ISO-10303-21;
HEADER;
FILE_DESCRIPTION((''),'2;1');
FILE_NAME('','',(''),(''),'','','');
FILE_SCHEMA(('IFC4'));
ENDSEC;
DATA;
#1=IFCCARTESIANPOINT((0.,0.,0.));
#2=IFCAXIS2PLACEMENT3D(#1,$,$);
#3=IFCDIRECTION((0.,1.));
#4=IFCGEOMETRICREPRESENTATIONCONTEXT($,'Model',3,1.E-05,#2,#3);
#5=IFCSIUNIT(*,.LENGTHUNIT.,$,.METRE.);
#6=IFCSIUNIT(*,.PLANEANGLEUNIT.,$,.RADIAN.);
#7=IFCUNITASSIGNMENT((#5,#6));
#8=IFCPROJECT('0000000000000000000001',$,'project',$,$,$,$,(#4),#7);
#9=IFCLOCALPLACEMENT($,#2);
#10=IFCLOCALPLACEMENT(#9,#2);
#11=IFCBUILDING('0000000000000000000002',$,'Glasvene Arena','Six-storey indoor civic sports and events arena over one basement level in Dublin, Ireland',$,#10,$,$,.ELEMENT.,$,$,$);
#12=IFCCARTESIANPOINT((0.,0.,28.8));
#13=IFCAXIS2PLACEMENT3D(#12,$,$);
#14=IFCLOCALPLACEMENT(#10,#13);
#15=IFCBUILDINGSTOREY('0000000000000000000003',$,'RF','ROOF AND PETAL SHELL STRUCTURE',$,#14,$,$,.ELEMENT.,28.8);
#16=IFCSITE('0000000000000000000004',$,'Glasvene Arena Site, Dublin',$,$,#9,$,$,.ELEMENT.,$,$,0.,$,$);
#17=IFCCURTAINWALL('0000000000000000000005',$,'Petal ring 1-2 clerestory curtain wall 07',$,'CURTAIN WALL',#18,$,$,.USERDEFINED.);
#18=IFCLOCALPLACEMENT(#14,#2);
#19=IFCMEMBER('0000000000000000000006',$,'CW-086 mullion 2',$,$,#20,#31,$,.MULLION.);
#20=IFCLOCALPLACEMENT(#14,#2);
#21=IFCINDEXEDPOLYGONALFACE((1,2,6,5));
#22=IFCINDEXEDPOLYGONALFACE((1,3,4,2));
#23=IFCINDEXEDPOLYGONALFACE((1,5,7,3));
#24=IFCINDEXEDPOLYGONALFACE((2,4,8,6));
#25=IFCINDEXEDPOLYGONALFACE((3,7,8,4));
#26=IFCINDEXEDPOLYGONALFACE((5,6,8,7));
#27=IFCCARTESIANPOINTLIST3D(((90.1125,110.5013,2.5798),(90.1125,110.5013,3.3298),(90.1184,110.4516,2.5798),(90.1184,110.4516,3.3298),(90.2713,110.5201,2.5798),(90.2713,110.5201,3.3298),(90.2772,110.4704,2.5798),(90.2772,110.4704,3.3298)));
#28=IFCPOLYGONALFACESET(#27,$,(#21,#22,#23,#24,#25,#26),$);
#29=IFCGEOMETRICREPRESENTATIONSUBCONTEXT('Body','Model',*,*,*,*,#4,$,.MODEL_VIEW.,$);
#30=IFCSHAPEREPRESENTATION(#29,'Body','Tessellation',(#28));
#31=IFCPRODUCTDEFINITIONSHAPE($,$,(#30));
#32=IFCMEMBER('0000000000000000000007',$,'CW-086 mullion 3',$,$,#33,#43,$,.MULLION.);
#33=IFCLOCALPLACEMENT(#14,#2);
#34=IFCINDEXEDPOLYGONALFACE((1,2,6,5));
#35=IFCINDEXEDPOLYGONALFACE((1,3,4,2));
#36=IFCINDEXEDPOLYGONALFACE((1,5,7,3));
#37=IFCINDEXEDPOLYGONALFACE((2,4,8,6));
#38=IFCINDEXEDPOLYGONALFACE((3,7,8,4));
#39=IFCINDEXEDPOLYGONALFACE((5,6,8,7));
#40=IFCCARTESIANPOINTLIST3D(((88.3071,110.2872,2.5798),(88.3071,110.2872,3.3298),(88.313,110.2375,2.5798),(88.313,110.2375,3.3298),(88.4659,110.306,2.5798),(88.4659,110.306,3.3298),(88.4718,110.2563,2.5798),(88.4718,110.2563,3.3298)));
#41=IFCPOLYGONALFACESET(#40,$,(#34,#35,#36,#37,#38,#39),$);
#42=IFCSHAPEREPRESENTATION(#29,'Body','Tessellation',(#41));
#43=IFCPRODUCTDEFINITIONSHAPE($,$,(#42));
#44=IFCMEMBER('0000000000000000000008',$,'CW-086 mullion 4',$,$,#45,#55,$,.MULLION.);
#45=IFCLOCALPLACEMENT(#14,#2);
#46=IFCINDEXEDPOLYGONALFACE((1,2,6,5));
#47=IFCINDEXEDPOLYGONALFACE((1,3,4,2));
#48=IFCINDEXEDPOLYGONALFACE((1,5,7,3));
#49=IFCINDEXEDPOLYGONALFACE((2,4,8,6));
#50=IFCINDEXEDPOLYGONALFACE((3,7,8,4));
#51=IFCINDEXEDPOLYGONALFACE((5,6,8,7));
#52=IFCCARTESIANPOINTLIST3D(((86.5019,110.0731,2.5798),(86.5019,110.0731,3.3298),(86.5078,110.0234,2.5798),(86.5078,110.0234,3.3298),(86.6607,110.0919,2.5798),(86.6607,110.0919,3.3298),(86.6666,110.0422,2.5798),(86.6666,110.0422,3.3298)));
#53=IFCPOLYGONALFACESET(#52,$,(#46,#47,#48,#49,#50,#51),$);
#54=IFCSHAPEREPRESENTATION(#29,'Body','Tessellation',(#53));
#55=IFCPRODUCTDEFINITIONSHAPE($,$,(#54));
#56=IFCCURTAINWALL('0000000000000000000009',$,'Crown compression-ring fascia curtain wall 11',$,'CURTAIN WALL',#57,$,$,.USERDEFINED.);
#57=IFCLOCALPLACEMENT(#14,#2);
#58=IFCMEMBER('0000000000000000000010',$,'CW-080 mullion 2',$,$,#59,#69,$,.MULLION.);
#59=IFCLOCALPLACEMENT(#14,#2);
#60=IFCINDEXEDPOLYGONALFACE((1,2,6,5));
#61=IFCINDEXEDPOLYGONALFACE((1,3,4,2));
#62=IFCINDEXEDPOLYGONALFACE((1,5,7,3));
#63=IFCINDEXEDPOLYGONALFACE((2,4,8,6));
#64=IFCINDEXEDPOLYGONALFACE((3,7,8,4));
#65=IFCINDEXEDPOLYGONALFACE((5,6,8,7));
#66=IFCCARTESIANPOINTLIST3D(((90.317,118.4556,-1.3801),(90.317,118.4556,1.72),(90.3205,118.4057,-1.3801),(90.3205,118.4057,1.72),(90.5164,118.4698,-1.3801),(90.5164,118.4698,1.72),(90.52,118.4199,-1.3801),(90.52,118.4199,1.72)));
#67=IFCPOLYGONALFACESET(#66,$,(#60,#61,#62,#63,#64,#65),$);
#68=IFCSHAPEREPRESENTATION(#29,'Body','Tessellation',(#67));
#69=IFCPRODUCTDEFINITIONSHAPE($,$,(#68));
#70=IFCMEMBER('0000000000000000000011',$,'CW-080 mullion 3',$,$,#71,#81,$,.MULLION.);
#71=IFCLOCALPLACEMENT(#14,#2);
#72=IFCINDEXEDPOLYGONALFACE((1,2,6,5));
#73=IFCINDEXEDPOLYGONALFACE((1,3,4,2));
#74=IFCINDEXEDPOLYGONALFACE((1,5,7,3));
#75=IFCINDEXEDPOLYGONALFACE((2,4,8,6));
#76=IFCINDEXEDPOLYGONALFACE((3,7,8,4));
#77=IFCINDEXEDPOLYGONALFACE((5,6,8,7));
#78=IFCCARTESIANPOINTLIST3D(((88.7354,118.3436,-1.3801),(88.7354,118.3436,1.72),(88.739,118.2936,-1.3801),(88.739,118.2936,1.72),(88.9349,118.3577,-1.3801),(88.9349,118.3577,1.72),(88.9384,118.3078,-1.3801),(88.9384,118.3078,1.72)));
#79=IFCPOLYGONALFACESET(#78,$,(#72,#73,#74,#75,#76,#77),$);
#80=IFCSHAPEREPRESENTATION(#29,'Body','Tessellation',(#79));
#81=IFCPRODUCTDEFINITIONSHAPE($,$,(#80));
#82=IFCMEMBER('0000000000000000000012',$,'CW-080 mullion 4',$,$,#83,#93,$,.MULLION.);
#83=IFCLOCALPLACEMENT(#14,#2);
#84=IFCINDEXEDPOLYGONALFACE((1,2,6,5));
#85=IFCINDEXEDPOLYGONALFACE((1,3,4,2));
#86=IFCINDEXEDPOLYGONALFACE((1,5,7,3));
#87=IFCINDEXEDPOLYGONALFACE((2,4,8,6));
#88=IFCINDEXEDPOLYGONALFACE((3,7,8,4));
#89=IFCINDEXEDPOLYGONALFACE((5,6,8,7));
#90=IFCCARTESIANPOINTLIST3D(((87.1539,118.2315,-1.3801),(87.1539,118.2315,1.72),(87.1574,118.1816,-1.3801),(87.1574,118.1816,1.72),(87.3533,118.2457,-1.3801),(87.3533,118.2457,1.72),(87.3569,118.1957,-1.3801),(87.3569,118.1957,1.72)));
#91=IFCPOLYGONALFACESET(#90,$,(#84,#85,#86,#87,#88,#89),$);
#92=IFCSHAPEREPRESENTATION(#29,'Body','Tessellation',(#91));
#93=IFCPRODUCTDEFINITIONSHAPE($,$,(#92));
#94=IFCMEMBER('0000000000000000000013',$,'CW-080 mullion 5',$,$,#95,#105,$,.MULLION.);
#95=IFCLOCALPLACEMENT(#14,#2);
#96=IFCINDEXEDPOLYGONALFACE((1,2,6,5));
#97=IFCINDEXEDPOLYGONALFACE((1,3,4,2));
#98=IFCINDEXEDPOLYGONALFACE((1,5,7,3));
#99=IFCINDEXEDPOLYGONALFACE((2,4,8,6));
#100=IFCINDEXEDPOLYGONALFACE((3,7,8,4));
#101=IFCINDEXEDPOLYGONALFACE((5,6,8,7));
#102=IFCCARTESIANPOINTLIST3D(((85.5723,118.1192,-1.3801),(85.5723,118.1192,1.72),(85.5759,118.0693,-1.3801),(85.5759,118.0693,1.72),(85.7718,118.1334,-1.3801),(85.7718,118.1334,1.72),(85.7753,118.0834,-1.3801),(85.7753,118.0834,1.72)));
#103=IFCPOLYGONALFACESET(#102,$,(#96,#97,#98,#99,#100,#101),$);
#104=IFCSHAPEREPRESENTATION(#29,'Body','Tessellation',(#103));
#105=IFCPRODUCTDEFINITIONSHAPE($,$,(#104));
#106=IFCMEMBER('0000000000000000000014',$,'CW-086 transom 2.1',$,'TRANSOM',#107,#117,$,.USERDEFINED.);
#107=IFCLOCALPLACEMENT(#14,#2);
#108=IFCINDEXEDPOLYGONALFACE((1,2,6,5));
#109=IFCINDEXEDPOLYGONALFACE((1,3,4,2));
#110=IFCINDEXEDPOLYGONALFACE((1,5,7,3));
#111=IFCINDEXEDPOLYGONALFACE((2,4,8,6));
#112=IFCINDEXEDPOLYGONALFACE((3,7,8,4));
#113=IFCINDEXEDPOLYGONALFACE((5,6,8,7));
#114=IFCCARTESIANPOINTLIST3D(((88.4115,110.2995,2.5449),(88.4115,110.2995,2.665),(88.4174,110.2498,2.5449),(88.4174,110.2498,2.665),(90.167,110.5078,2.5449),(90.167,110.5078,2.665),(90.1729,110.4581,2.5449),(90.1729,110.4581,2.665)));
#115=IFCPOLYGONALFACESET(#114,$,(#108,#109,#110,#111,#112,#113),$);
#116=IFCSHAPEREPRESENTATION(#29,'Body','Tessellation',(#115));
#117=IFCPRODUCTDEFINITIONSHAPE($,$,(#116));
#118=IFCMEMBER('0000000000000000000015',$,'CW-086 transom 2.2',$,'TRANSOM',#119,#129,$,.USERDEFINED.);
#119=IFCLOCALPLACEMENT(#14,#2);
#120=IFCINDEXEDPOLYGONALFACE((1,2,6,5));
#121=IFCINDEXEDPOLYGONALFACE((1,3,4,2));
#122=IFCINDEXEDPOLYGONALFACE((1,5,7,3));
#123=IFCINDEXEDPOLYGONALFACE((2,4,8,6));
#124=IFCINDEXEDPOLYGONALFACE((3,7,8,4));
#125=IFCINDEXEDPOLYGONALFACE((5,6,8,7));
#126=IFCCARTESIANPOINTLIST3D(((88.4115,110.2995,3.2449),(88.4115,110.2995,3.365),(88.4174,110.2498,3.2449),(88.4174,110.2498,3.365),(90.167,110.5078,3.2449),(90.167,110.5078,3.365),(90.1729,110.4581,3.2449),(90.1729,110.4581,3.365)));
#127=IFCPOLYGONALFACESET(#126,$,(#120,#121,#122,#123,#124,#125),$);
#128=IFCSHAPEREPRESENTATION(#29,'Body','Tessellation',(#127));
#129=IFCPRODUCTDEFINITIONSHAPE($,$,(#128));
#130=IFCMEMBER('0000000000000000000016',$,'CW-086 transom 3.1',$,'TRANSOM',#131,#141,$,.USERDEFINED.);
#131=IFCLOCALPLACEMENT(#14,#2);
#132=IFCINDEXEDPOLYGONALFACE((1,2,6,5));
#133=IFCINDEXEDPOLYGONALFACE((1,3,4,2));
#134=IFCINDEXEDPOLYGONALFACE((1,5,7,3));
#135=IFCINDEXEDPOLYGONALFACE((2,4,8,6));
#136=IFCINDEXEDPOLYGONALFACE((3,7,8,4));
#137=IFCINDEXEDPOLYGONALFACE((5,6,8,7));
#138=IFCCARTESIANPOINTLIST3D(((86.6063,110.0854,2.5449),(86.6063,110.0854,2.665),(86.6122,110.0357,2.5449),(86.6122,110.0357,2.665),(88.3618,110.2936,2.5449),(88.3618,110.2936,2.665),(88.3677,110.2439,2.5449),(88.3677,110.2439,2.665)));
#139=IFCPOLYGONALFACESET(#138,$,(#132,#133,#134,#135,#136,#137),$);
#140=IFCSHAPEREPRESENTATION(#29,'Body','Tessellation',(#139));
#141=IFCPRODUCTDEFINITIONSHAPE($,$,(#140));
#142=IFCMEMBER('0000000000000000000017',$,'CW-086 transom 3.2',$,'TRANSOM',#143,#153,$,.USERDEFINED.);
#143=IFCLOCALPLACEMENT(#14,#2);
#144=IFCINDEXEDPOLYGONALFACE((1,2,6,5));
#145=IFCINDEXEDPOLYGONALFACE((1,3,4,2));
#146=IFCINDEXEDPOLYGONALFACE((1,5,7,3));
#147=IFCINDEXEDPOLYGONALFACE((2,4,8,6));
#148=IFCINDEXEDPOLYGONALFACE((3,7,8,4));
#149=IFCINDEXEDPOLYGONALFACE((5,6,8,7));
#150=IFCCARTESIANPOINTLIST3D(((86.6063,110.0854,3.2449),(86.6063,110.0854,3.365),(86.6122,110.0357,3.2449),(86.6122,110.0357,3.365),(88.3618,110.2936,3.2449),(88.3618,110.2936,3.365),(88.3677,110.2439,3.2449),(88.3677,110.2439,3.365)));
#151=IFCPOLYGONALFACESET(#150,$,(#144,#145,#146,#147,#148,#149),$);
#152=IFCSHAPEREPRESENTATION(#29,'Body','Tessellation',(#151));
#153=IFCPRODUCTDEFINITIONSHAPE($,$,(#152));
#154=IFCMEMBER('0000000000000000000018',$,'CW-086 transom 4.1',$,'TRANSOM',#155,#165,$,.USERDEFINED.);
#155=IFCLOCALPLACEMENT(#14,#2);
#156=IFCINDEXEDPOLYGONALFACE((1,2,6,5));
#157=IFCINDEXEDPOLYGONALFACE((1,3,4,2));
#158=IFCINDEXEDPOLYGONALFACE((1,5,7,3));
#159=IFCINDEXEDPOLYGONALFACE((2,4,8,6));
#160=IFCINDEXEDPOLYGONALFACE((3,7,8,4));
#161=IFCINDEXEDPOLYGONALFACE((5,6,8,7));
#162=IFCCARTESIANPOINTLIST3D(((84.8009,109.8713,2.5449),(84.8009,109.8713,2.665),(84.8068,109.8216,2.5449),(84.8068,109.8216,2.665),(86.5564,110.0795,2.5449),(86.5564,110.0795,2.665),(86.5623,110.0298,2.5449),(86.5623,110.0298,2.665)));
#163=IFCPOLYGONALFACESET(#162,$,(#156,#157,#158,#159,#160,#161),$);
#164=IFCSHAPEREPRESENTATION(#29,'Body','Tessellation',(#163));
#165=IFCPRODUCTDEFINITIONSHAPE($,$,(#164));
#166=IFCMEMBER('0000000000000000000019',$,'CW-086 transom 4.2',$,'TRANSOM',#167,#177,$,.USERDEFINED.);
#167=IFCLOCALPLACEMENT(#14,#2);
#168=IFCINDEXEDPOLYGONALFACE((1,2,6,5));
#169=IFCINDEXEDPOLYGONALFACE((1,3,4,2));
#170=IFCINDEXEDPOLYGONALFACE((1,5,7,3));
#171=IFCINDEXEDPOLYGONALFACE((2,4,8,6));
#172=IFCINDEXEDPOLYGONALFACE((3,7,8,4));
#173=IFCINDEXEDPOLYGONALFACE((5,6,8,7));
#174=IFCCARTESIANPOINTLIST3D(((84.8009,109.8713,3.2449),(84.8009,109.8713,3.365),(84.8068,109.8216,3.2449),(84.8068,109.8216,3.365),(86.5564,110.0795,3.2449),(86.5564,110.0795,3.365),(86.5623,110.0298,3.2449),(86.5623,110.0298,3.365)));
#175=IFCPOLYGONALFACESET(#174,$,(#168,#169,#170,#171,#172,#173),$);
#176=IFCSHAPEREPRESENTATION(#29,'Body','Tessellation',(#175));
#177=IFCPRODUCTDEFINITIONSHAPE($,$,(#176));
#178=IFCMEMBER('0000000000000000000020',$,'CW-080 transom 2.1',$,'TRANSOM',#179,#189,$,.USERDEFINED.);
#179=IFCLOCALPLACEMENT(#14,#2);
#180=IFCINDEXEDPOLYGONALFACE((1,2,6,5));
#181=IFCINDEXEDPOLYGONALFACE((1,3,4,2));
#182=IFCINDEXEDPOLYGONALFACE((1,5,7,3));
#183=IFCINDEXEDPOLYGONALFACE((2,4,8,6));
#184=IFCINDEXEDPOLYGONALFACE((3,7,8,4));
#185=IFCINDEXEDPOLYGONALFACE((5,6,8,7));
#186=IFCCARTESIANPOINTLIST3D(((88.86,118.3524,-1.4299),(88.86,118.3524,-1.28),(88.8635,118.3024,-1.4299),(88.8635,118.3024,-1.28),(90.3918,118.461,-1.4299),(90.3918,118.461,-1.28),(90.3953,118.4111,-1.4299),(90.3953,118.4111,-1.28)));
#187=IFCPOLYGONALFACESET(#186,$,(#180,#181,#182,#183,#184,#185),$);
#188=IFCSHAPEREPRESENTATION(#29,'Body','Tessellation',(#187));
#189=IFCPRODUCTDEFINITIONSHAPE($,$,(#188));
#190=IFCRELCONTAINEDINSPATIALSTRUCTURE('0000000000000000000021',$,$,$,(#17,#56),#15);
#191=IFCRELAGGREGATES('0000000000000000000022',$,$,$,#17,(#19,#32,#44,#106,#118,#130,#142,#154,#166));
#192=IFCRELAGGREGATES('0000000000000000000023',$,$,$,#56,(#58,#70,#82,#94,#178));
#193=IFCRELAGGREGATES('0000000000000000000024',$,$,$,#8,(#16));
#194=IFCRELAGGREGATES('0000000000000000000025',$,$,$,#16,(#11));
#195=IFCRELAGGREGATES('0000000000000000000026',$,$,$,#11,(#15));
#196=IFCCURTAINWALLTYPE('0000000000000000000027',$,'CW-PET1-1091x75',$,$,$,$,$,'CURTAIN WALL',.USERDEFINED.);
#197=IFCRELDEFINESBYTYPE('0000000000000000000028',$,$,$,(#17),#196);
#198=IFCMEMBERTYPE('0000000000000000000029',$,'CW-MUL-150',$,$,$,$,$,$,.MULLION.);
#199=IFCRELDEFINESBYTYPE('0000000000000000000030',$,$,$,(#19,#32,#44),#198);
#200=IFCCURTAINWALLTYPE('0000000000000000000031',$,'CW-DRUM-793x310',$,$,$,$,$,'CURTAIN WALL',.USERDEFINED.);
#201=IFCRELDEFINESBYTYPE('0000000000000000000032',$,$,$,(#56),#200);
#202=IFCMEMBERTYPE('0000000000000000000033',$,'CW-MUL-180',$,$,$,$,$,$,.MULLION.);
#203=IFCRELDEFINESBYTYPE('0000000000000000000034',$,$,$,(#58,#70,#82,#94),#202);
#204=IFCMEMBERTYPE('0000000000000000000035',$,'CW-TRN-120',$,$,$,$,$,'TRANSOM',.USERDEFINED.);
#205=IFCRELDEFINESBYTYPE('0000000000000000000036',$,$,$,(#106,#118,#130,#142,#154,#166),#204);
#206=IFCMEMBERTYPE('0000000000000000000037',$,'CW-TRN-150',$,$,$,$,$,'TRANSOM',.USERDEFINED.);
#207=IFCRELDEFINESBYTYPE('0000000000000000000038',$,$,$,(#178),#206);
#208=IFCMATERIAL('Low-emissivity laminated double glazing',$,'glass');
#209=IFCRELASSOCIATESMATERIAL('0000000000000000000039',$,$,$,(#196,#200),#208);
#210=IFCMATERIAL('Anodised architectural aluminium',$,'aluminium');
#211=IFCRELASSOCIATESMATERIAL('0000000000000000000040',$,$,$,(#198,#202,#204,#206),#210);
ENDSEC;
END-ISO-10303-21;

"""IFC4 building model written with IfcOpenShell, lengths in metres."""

from ifc_helpers import new_model, si_unit, direction, frame, origin, origin_2d, place, context, subcontext, project, spatial, rectangle, extrude, material, material_profile, profile_set, type_object, element, aggregate, save


model = new_model("IFC4")

# Units and contexts
model_context = context("Model", 3, precision=1e-05, world=origin(), true_north=direction((0.0, 1.0)))
body_context = subcontext(model_context, "Body", "Model", "MODEL_VIEW")
ifc_project = project(units=[si_unit("LENGTHUNIT", "METRE"), si_unit("PLANEANGLEUNIT", "RADIAN")], contexts=[model_context])

# Site, building, storey
site_placement = place(None, origin())
site = spatial("IfcSite", under=ifc_project, at=site_placement, Name="Glasvene Arena Site, Dublin", CompositionType="ELEMENT", RefElevation=0.0)
building_placement = place(site_placement, origin())
building = spatial("IfcBuilding", under=site, at=building_placement, Name="Glasvene Arena", Description="Six-storey indoor civic sports and events arena over one basement level in Dublin, Ireland", CompositionType="ELEMENT")
storey_placement = place(building_placement, frame((0.0, 0.0, 28.8)))
storey = spatial("IfcBuildingStorey", under=building, at=storey_placement, Name="RF", Description="ROOF AND PETAL SHELL STRUCTURE", CompositionType="ELEMENT", Elevation=28.8)

# Curtain walls, members
ifc_material_1 = material(Name="Low-emissivity laminated double glazing", Category="glass")
curtain_wall_type_1 = type_object("IfcCurtainWallType", Name="CW-PET1-1091x75", ElementType="CURTAIN WALL", PredefinedType="USERDEFINED", material=ifc_material_1)
curtain_wall_1_placement = place(storey_placement, frame((92.0, 110.7, 0.0)))
curtain_wall_1 = element("IfcCurtainWall", 1, at=curtain_wall_1_placement, inside=storey, type_object=curtain_wall_type_1, Name="Petal ring 1-2 clerestory curtain wall 07", ObjectType="CURTAIN WALL", PredefinedType="USERDEFINED")
ifc_material_2 = material(Name="Anodised architectural aluminium", Category="aluminium")
ifc_material_profile_1 = material_profile(ifc_material_2, rectangle(XDim=0.05, YDim=0.1599, at=origin_2d()), Name="ALU MULLION 50x160")
ifc_profile_set_1 = profile_set([ifc_material_profile_1], Name="Anodised architectural aluminium")
member_type_1 = type_object("IfcMemberType", Name="CW-MUL-150", PredefinedType="MULLION", material=ifc_profile_set_1)
member_1_placement = place(storey_placement, frame((90.1948, 110.4858, 2.5798), z_axis=(0.0, 0.0, 1.0), x_axis=(0.117772, -0.993041, 0.0)))
member_1 = element("IfcMember", 2, at=member_1_placement, type_object=member_type_1, Name="CW-086 mullion 2", PredefinedType="MULLION", context=body_context, shape_type="SweptSolid", body=[
    extrude(rectangle(XDim=0.05, YDim=0.1599, at=origin_2d()), origin(), (0.0, 0.0, 1.0), 0.75),
])
member_2_placement = place(storey_placement, frame((88.3894, 110.2717, 2.5798), z_axis=(0.0, 0.0, 1.0), x_axis=(0.117772, -0.993041, 0.0)))
member_2 = element("IfcMember", 3, at=member_2_placement, type_object=member_type_1, Name="CW-086 mullion 3", PredefinedType="MULLION", context=body_context, shape_type="SweptSolid", body=[
    extrude(rectangle(XDim=0.05, YDim=0.1599, at=origin_2d()), origin(), (0.0, 0.0, 1.0), 0.75),
])
member_3_placement = place(storey_placement, frame((86.5842, 110.0576, 2.5798), z_axis=(0.0, 0.0, 1.0), x_axis=(0.117772, -0.993041, 0.0)))
member_3 = element("IfcMember", 4, at=member_3_placement, type_object=member_type_1, Name="CW-086 mullion 4", PredefinedType="MULLION", context=body_context, shape_type="SweptSolid", body=[
    extrude(rectangle(XDim=0.05, YDim=0.1599, at=origin_2d()), origin(), (0.0, 0.0, 1.0), 0.75),
])
curtain_wall_type_2 = type_object("IfcCurtainWallType", Name="CW-DRUM-793x310", ElementType="CURTAIN WALL", PredefinedType="USERDEFINED", material=ifc_material_1)
curtain_wall_2_placement = place(storey_placement, frame((92.0, 118.55, 0.0)))
curtain_wall_2 = element("IfcCurtainWall", 5, at=curtain_wall_2_placement, inside=storey, type_object=curtain_wall_type_2, Name="Crown compression-ring fascia curtain wall 11", ObjectType="CURTAIN WALL", PredefinedType="USERDEFINED")
ifc_material_profile_2 = material_profile(ifc_material_2, rectangle(XDim=0.05, YDim=0.2, at=origin_2d()), Name="ALU MULLION 50x200")
ifc_profile_set_2 = profile_set([ifc_material_profile_2], Name="Anodised architectural aluminium")
member_type_2 = type_object("IfcMemberType", Name="CW-MUL-180", PredefinedType="MULLION", material=ifc_profile_set_2)
member_4_placement = place(storey_placement, frame((90.4185, 118.4377, -1.3801), z_axis=(0.0, 0.0, 1.0), x_axis=(0.07074, -0.997495, 0.0)))
member_4 = element("IfcMember", 6, at=member_4_placement, type_object=member_type_2, Name="CW-080 mullion 2", PredefinedType="MULLION", context=body_context, shape_type="SweptSolid", body=[
    extrude(rectangle(XDim=0.05, YDim=0.2, at=origin_2d()), origin(), (0.0, 0.0, 1.0), 3.1001),
])
member_5_placement = place(storey_placement, frame((88.8369, 118.3257, -1.3801), z_axis=(0.0, 0.0, 1.0), x_axis=(0.07074, -0.997495, 0.0)))
member_5 = element("IfcMember", 7, at=member_5_placement, type_object=member_type_2, Name="CW-080 mullion 3", PredefinedType="MULLION", context=body_context, shape_type="SweptSolid", body=[
    extrude(rectangle(XDim=0.05, YDim=0.2, at=origin_2d()), origin(), (0.0, 0.0, 1.0), 3.1001),
])
member_6_placement = place(storey_placement, frame((87.2554, 118.2136, -1.3801), z_axis=(0.0, 0.0, 1.0), x_axis=(0.07074, -0.997495, 0.0)))
member_6 = element("IfcMember", 8, at=member_6_placement, type_object=member_type_2, Name="CW-080 mullion 4", PredefinedType="MULLION", context=body_context, shape_type="SweptSolid", body=[
    extrude(rectangle(XDim=0.05, YDim=0.2, at=origin_2d()), origin(), (0.0, 0.0, 1.0), 3.1001),
])
member_7_placement = place(storey_placement, frame((85.6738, 118.1013, -1.3801), z_axis=(0.0, 0.0, 1.0), x_axis=(0.07074, -0.997495, 0.0)))
member_7 = element("IfcMember", 9, at=member_7_placement, type_object=member_type_2, Name="CW-080 mullion 5", PredefinedType="MULLION", context=body_context, shape_type="SweptSolid", body=[
    extrude(rectangle(XDim=0.05, YDim=0.2, at=origin_2d()), origin(), (0.0, 0.0, 1.0), 3.1001),
])

# Members
ifc_material_profile_3 = material_profile(ifc_material_2, rectangle(XDim=0.05, YDim=0.1201, at=origin_2d()), Name="ALU TRANSOM 50x120")
ifc_profile_set_3 = profile_set([ifc_material_profile_3], Name="Anodised architectural aluminium")
member_type_3 = type_object("IfcMemberType", Name="CW-TRN-120", ElementType="TRANSOM", PredefinedType="USERDEFINED", material=ifc_profile_set_3)
member_8_placement = place(storey_placement, frame((90.1699, 110.4829, 2.605), z_axis=(-0.993038, -0.117795, 0.0), x_axis=(0.117795, -0.993038, 0.0)))
member_8 = element("IfcMember", 10, at=member_8_placement, type_object=member_type_3, Name="CW-086 transom 2.1", ObjectType="TRANSOM", PredefinedType="USERDEFINED", context=body_context, shape_type="SweptSolid", body=[
    extrude(rectangle(XDim=0.05, YDim=0.1201, at=origin_2d()), origin(), (0.0, 0.0, 1.0), 1.7678),
])
member_9_placement = place(storey_placement, frame((90.1699, 110.4829, 3.3049), z_axis=(-0.993038, -0.117795, 0.0), x_axis=(0.117795, -0.993038, 0.0)))
member_9 = element("IfcMember", 11, at=member_9_placement, type_object=member_type_3, Name="CW-086 transom 2.2", ObjectType="TRANSOM", PredefinedType="USERDEFINED", context=body_context, shape_type="SweptSolid", body=[
    extrude(rectangle(XDim=0.05, YDim=0.1201, at=origin_2d()), origin(), (0.0, 0.0, 1.0), 1.7678),
])
member_10_placement = place(storey_placement, frame((88.3647, 110.2688, 2.605), z_axis=(-0.993038, -0.117795, 0.0), x_axis=(0.117795, -0.993038, 0.0)))
member_10 = element("IfcMember", 12, at=member_10_placement, type_object=member_type_3, Name="CW-086 transom 3.1", ObjectType="TRANSOM", PredefinedType="USERDEFINED", context=body_context, shape_type="SweptSolid", body=[
    extrude(rectangle(XDim=0.05, YDim=0.1201, at=origin_2d()), origin(), (0.0, 0.0, 1.0), 1.7678),
])
member_11_placement = place(storey_placement, frame((88.3647, 110.2688, 3.3049), z_axis=(-0.993038, -0.117795, 0.0), x_axis=(0.117795, -0.993038, 0.0)))
member_11 = element("IfcMember", 13, at=member_11_placement, type_object=member_type_3, Name="CW-086 transom 3.2", ObjectType="TRANSOM", PredefinedType="USERDEFINED", context=body_context, shape_type="SweptSolid", body=[
    extrude(rectangle(XDim=0.05, YDim=0.1201, at=origin_2d()), origin(), (0.0, 0.0, 1.0), 1.7678),
])
member_12_placement = place(storey_placement, frame((86.5593, 110.0547, 2.605), z_axis=(-0.993038, -0.117795, 0.0), x_axis=(0.117795, -0.993038, 0.0)))
member_12 = element("IfcMember", 14, at=member_12_placement, type_object=member_type_3, Name="CW-086 transom 4.1", ObjectType="TRANSOM", PredefinedType="USERDEFINED", context=body_context, shape_type="SweptSolid", body=[
    extrude(rectangle(XDim=0.05, YDim=0.1201, at=origin_2d()), origin(), (0.0, 0.0, 1.0), 1.7678),
])
member_13_placement = place(storey_placement, frame((86.5593, 110.0547, 3.3049), z_axis=(-0.993038, -0.117795, 0.0), x_axis=(0.117795, -0.993038, 0.0)))
member_13 = element("IfcMember", 15, at=member_13_placement, type_object=member_type_3, Name="CW-086 transom 4.2", ObjectType="TRANSOM", PredefinedType="USERDEFINED", context=body_context, shape_type="SweptSolid", body=[
    extrude(rectangle(XDim=0.05, YDim=0.1201, at=origin_2d()), origin(), (0.0, 0.0, 1.0), 1.7678),
])
ifc_material_profile_4 = material_profile(ifc_material_2, rectangle(XDim=0.05, YDim=0.1499, at=origin_2d()), Name="ALU TRANSOM 50x150")
ifc_profile_set_4 = profile_set([ifc_material_profile_4], Name="Anodised architectural aluminium")
member_type_4 = type_object("IfcMemberType", Name="CW-TRN-150", ElementType="TRANSOM", PredefinedType="USERDEFINED", material=ifc_profile_set_4)
member_14_placement = place(storey_placement, frame((90.3936, 118.436, -1.355), z_axis=(-0.997494, -0.07075, 0.0), x_axis=(0.07075, -0.997494, 0.0)))
member_14 = element("IfcMember", 16, at=member_14_placement, type_object=member_type_4, Name="CW-080 transom 2.1", ObjectType="TRANSOM", PredefinedType="USERDEFINED", context=body_context, shape_type="SweptSolid", body=[
    extrude(rectangle(XDim=0.05, YDim=0.1499, at=origin_2d()), origin(), (0.0, 0.0, 1.0), 1.5356),
])

aggregate(curtain_wall_1, [member_1, member_2, member_3, member_8, member_9, member_10, member_11, member_12, member_13])
aggregate(curtain_wall_2, [member_4, member_5, member_6, member_7, member_14])

save(model, "model.ifc")
